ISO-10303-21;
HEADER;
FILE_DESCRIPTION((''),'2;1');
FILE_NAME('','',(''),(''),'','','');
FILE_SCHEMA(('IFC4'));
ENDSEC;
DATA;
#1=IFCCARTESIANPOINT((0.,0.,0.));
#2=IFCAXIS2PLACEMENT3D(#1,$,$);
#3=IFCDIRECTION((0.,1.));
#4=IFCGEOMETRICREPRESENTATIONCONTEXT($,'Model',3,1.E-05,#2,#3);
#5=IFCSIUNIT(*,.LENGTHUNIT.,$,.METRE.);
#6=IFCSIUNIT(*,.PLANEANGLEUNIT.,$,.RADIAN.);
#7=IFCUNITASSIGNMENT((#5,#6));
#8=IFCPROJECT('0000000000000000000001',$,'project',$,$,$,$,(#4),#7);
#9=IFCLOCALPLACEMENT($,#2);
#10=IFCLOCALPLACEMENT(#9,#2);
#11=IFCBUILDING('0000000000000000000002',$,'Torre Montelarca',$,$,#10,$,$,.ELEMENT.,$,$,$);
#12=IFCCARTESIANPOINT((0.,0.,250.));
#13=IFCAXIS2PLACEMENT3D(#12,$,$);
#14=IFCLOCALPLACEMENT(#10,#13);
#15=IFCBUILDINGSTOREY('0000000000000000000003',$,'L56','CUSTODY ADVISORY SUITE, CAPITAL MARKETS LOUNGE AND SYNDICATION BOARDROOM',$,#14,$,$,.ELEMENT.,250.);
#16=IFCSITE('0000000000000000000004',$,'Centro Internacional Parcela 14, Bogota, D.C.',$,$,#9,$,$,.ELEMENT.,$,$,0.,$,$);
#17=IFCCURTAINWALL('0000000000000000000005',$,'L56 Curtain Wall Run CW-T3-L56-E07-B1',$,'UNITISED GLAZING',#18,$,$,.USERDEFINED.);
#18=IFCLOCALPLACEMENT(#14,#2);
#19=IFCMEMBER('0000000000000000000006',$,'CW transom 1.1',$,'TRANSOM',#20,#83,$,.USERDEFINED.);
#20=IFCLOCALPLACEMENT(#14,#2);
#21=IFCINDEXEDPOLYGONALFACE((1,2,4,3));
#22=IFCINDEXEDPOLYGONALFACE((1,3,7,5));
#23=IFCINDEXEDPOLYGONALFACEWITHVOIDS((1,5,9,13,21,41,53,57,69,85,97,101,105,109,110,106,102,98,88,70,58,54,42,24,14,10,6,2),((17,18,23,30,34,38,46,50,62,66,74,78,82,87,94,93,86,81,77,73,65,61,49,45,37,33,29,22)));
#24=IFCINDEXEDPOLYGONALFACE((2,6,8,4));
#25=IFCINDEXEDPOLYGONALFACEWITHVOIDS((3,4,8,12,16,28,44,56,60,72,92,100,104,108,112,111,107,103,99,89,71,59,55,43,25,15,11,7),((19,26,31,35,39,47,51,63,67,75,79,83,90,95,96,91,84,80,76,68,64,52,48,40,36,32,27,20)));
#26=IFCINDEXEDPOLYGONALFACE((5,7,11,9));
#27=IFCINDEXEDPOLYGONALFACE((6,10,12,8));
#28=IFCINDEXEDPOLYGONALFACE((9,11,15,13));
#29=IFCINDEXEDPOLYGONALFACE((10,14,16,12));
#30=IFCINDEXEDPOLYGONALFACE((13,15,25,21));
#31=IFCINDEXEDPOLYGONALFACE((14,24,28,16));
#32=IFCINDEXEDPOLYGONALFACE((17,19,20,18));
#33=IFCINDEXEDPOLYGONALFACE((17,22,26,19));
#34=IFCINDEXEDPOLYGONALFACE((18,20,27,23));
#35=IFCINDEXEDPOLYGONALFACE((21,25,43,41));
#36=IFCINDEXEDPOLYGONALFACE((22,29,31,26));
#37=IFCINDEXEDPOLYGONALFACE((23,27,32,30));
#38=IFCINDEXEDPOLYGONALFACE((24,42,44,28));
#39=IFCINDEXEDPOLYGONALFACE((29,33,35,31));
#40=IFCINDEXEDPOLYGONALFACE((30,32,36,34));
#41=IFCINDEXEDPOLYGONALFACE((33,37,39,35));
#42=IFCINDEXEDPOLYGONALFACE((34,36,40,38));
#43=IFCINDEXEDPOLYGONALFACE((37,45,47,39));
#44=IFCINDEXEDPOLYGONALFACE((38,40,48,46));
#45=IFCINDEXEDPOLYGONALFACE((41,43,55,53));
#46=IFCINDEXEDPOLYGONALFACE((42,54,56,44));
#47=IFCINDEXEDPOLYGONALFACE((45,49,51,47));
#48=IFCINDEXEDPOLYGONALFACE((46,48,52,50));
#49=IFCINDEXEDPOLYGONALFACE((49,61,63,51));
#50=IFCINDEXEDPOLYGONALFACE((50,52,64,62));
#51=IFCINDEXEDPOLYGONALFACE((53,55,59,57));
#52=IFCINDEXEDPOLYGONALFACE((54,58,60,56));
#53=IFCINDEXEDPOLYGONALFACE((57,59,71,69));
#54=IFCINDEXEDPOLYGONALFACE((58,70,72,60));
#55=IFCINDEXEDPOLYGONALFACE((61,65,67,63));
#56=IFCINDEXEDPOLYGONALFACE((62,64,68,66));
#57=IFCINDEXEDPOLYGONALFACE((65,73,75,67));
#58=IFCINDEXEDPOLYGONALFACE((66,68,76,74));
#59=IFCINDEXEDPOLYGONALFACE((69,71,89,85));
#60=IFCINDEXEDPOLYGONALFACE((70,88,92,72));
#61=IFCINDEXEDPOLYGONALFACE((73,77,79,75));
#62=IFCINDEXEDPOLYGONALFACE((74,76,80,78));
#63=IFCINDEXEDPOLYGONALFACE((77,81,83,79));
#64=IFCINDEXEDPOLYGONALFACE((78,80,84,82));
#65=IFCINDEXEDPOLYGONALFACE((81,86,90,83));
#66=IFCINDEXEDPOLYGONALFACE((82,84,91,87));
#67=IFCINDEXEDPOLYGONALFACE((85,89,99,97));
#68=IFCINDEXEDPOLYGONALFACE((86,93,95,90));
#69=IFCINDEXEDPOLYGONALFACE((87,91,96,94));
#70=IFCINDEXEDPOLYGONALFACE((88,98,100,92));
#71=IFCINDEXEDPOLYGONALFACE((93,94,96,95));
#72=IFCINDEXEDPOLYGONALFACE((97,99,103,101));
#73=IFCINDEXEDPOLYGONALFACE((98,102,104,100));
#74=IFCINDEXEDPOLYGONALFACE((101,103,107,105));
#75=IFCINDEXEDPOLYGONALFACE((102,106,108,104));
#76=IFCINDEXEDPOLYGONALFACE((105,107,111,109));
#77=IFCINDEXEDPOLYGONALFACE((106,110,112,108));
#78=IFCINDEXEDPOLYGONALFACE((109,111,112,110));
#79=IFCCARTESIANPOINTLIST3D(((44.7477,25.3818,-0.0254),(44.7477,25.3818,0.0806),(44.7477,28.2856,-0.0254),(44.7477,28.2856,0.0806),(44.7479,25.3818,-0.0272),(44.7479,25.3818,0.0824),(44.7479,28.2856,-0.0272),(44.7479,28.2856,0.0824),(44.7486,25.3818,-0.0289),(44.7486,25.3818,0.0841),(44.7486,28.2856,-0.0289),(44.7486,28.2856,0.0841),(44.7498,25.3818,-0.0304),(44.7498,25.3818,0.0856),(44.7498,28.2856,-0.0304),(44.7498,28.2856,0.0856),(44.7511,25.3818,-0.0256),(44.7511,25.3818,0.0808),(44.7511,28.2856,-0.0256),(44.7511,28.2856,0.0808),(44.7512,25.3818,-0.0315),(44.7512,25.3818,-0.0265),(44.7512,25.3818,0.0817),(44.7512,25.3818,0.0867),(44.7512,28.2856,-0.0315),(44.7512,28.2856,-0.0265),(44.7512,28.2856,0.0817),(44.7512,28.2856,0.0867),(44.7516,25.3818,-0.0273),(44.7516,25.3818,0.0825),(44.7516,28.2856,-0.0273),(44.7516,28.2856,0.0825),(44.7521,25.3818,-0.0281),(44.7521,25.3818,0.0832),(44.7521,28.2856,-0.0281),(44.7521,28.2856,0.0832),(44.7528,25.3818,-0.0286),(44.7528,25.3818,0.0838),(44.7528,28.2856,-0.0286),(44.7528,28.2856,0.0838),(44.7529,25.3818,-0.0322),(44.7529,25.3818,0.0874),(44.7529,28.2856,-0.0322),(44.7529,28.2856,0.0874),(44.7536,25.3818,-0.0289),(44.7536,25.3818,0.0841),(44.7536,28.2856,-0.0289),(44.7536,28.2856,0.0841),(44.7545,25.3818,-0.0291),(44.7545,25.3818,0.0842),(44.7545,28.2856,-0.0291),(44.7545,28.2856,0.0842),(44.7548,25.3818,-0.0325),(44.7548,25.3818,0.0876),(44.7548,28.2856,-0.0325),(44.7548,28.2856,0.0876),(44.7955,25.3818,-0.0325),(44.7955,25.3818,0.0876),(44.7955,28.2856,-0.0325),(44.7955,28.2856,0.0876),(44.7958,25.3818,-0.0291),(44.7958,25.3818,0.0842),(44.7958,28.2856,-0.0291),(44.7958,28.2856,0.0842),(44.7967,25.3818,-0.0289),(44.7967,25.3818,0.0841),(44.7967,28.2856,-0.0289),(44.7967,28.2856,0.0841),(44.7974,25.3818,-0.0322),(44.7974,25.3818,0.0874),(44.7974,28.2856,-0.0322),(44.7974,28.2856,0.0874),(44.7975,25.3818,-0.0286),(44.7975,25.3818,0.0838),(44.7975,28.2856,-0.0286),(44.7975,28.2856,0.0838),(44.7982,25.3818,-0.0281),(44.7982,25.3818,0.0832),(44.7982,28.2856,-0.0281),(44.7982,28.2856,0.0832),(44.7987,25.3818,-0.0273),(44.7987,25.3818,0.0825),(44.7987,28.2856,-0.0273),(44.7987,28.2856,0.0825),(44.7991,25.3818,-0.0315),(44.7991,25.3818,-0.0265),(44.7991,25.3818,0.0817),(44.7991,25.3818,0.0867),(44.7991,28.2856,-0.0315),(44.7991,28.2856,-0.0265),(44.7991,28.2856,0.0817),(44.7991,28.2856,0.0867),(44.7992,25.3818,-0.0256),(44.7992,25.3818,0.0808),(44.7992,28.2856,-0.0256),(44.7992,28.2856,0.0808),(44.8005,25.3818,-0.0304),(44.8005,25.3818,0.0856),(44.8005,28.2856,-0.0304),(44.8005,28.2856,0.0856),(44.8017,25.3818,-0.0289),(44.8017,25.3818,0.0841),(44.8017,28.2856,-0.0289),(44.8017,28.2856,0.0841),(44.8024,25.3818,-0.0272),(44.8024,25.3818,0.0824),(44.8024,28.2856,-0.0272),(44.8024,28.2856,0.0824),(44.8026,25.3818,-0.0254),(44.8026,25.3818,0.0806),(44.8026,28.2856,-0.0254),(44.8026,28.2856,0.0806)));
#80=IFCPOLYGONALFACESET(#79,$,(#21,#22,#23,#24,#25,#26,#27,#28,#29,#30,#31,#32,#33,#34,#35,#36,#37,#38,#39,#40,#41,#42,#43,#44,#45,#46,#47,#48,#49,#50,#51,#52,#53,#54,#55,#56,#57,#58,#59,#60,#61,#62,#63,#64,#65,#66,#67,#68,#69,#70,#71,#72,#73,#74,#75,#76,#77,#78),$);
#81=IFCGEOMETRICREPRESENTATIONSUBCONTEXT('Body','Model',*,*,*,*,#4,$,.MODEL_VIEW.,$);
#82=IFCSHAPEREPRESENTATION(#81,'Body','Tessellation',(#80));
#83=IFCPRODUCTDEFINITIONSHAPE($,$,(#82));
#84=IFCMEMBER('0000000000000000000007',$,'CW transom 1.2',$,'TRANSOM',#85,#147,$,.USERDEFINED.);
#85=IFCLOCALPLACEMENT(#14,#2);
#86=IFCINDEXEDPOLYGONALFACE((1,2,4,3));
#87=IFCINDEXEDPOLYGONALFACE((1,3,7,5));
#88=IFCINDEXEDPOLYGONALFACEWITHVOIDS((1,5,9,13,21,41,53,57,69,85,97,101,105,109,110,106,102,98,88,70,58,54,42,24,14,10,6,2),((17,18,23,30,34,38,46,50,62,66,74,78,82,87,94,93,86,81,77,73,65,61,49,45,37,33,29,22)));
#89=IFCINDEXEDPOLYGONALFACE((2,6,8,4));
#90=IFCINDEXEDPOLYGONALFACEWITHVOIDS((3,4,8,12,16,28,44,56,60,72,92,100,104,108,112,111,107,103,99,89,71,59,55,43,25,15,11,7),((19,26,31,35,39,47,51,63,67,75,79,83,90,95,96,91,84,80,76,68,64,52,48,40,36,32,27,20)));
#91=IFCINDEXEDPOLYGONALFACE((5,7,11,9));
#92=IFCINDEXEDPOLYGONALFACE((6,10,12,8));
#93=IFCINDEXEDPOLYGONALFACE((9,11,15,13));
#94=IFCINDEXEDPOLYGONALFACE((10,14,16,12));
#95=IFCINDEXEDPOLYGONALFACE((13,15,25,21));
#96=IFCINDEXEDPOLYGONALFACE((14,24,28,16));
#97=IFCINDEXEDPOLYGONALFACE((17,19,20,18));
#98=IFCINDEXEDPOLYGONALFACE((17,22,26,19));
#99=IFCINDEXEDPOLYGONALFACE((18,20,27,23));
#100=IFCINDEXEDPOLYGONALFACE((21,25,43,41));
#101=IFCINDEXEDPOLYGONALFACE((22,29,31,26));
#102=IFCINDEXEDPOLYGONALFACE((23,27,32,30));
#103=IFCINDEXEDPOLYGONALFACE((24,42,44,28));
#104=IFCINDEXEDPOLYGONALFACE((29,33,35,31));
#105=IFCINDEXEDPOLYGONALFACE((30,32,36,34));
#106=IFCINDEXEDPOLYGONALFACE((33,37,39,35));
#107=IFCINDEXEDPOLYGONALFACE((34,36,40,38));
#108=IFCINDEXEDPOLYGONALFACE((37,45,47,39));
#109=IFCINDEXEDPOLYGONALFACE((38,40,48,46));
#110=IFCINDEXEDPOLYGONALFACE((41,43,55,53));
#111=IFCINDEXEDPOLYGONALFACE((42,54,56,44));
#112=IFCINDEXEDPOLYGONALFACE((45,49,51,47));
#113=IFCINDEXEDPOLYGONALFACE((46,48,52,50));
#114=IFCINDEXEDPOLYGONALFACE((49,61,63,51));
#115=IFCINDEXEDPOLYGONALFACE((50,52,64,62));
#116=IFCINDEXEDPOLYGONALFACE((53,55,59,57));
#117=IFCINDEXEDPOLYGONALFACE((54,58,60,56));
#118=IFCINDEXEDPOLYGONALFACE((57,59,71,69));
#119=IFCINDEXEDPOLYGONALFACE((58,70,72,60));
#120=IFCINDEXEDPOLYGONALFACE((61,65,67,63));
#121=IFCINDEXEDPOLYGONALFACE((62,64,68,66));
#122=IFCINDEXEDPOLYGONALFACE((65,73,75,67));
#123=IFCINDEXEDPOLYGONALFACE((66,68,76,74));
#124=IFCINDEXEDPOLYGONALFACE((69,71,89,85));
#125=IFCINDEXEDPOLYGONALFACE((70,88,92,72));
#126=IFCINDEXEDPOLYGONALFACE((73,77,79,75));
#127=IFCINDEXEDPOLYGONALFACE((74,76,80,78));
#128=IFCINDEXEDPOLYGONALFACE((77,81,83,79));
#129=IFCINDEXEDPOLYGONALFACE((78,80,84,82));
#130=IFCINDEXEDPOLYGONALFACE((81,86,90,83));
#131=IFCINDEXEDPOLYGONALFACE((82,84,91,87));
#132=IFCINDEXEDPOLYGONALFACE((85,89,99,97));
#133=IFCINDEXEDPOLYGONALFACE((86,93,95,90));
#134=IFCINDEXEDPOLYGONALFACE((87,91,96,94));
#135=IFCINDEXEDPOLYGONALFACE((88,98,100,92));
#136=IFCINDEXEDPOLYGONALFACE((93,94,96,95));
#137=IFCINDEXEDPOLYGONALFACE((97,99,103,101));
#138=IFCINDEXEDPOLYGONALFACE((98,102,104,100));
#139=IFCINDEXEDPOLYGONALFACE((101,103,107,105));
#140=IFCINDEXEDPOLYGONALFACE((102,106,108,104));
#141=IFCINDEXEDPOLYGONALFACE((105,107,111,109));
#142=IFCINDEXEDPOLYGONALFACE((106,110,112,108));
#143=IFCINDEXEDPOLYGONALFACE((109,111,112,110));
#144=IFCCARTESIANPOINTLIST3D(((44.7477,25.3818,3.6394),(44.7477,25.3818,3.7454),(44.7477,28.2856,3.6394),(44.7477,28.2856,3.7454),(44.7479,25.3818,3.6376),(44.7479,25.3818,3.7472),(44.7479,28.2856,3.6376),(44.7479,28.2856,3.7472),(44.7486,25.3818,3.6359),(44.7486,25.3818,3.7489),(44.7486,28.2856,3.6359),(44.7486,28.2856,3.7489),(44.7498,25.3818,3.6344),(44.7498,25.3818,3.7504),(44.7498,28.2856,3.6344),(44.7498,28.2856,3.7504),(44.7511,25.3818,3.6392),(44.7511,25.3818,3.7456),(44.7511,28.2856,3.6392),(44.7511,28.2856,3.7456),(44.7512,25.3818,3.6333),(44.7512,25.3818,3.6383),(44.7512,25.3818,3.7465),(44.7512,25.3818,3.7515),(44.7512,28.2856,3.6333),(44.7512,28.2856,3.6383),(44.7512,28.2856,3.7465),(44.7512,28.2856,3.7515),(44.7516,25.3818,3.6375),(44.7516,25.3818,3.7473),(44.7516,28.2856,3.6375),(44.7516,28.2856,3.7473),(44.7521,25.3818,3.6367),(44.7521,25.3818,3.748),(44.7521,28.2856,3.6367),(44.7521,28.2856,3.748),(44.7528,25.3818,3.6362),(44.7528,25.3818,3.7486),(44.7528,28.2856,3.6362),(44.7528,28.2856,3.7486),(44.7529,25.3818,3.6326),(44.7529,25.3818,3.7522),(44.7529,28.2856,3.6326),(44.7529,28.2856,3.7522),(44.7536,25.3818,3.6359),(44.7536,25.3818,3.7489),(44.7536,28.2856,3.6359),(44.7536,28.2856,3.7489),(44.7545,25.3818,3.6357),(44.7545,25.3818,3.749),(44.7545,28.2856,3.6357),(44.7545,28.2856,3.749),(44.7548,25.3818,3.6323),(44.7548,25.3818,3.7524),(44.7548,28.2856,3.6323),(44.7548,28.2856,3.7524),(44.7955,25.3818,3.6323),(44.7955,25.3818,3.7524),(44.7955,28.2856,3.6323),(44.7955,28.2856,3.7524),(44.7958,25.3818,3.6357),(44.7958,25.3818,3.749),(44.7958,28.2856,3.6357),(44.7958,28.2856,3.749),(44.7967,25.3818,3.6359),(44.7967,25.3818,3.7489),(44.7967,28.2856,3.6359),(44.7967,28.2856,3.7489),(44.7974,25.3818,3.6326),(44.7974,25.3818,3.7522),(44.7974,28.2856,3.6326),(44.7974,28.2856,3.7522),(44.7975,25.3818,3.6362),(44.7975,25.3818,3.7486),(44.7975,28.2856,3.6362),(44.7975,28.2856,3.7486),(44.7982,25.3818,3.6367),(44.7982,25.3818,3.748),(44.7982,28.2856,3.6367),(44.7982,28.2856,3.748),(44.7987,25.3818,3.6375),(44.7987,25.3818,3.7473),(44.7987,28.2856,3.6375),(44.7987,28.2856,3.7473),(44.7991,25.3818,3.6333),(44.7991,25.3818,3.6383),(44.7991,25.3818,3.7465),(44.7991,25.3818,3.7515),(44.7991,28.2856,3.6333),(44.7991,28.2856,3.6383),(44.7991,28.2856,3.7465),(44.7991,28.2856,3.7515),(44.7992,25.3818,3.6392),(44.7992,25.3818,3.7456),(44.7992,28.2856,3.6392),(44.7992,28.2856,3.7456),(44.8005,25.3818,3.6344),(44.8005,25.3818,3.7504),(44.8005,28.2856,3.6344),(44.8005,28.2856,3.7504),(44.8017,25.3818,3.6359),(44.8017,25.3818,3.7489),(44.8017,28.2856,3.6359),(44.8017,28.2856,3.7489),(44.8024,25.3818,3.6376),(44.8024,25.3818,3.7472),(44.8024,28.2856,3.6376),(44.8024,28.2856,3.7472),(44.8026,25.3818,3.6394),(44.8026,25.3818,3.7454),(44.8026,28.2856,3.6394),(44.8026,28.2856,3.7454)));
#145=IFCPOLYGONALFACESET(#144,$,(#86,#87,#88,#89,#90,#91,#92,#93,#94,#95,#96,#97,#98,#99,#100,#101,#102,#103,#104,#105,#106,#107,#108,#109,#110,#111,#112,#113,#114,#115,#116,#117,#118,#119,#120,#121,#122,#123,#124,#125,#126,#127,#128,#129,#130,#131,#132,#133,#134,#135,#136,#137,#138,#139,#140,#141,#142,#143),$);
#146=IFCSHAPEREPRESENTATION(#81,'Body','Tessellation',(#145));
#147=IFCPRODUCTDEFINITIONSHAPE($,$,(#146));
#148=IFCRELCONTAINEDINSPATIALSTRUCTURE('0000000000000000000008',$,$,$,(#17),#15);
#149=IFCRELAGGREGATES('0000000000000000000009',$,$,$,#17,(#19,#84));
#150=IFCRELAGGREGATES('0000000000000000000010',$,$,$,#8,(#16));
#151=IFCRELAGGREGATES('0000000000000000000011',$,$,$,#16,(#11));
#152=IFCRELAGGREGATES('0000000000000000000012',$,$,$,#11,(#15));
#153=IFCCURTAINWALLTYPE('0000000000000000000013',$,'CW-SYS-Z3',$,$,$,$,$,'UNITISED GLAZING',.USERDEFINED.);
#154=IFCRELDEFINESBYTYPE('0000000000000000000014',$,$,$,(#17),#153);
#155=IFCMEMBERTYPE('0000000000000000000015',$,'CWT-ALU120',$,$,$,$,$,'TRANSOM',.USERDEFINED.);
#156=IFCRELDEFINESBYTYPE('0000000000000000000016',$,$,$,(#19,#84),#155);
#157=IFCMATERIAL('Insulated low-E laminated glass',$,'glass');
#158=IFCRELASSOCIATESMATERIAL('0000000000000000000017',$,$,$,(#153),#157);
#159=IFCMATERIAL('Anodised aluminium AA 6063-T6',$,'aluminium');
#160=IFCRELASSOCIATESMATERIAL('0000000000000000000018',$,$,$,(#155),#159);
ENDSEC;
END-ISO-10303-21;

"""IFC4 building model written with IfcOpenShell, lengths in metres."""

from ifc_helpers import new_model, si_unit, direction, frame, origin, origin_2d, place, context, subcontext, project, spatial, hollow_rectangle, extrude, source, transform, mapped, material, material_profile, profile_set, type_object, element, aggregate, save


model = new_model("IFC4")

# Units and contexts
model_context = context("Model", 3, precision=1e-05, world=origin(), true_north=direction((0.0, 1.0)))
body_context = subcontext(model_context, "Body", "Model", "MODEL_VIEW")
ifc_project = project(units=[si_unit("LENGTHUNIT", "METRE"), si_unit("PLANEANGLEUNIT", "RADIAN")], contexts=[model_context])

# Site, building, storey
site_placement = place(None, origin())
site = spatial("IfcSite", under=ifc_project, at=site_placement, Name="Centro Internacional Parcela 14, Bogota, D.C.", CompositionType="ELEMENT", RefElevation=0.0)
building_placement = place(site_placement, origin())
building = spatial("IfcBuilding", under=site, at=building_placement, Name="Torre Montelarca", CompositionType="ELEMENT")
storey_placement = place(building_placement, frame((0.0, 0.0, 250.0)))
storey = spatial("IfcBuildingStorey", under=building, at=storey_placement, Name="L56", Description="CUSTODY ADVISORY SUITE, CAPITAL MARKETS LOUNGE AND SYNDICATION BOARDROOM", CompositionType="ELEMENT", Elevation=250.0)

# Curtain wall
ifc_material_1 = material(Name="Insulated low-E laminated glass", Category="glass")
curtain_wall_type = type_object("IfcCurtainWallType", Name="CW-SYS-Z3", ElementType="UNITISED GLAZING", PredefinedType="USERDEFINED", material=ifc_material_1)
curtain_wall_1_placement = place(storey_placement, origin())
curtain_wall_1 = element("IfcCurtainWall", 1, at=curtain_wall_1_placement, inside=storey, type_object=curtain_wall_type, Name="L56 Curtain Wall Run CW-T3-L56-E07-B1", ObjectType="UNITISED GLAZING", PredefinedType="USERDEFINED")
ifc_material_2 = material(Name="Anodised aluminium AA 6063-T6", Category="aluminium")
ifc_material_profile_1 = material_profile(ifc_material_2, hollow_rectangle(XDim=0.0549, YDim=0.1201, WallThickness=0.0034, InnerFilletRadius=0.0034, OuterFilletRadius=0.0071, at=origin_2d()), Name="ALU55X120X3.5", Category="aluminium")
ifc_profile_set_1 = profile_set([ifc_material_profile_1], Name="Anodised aluminium AA 6063-T6")
member_type_1 = type_object("IfcMemberType", Name="CWT-ALU120", ElementType="TRANSOM", PredefinedType="USERDEFINED", material=ifc_profile_set_1)

# Members
shared_shape_1 = source(origin(), body_context, "Body", "SweptSolid", [
    extrude(hollow_rectangle(XDim=0.0549, YDim=0.1201, WallThickness=0.0034, InnerFilletRadius=0.0034, OuterFilletRadius=0.0071, at=origin_2d()), origin(), (0.0, 0.0, 1.0), 2.9038),
])
member_1_placement = place(storey_placement, frame((44.7751, 25.3818, 0.0276), z_axis=(0.0, 1.0, 0.0), x_axis=(-1.0, 0.0, 0.0)))
member_1 = element("IfcMember", 2, at=member_1_placement, type_object=member_type_1, Name="CW transom 1.1", ObjectType="TRANSOM", PredefinedType="USERDEFINED", context=body_context, shape_type="MappedRepresentation", body=[
    mapped(shared_shape_1, transform((0.0, 0.0, 0.0), scale=1.0)),
])
member_2_placement = place(storey_placement, frame((44.7751, 25.3818, 3.6924), z_axis=(0.0, 1.0, 0.0), x_axis=(-1.0, 0.0, 0.0)))
member_2 = element("IfcMember", 3, at=member_2_placement, type_object=member_type_1, Name="CW transom 1.2", ObjectType="TRANSOM", PredefinedType="USERDEFINED", context=body_context, shape_type="MappedRepresentation", body=[
    mapped(shared_shape_1, transform((0.0, 0.0, 0.0), scale=1.0)),
])

aggregate(curtain_wall_1, [member_1, member_2])

save(model, "model.ifc")
